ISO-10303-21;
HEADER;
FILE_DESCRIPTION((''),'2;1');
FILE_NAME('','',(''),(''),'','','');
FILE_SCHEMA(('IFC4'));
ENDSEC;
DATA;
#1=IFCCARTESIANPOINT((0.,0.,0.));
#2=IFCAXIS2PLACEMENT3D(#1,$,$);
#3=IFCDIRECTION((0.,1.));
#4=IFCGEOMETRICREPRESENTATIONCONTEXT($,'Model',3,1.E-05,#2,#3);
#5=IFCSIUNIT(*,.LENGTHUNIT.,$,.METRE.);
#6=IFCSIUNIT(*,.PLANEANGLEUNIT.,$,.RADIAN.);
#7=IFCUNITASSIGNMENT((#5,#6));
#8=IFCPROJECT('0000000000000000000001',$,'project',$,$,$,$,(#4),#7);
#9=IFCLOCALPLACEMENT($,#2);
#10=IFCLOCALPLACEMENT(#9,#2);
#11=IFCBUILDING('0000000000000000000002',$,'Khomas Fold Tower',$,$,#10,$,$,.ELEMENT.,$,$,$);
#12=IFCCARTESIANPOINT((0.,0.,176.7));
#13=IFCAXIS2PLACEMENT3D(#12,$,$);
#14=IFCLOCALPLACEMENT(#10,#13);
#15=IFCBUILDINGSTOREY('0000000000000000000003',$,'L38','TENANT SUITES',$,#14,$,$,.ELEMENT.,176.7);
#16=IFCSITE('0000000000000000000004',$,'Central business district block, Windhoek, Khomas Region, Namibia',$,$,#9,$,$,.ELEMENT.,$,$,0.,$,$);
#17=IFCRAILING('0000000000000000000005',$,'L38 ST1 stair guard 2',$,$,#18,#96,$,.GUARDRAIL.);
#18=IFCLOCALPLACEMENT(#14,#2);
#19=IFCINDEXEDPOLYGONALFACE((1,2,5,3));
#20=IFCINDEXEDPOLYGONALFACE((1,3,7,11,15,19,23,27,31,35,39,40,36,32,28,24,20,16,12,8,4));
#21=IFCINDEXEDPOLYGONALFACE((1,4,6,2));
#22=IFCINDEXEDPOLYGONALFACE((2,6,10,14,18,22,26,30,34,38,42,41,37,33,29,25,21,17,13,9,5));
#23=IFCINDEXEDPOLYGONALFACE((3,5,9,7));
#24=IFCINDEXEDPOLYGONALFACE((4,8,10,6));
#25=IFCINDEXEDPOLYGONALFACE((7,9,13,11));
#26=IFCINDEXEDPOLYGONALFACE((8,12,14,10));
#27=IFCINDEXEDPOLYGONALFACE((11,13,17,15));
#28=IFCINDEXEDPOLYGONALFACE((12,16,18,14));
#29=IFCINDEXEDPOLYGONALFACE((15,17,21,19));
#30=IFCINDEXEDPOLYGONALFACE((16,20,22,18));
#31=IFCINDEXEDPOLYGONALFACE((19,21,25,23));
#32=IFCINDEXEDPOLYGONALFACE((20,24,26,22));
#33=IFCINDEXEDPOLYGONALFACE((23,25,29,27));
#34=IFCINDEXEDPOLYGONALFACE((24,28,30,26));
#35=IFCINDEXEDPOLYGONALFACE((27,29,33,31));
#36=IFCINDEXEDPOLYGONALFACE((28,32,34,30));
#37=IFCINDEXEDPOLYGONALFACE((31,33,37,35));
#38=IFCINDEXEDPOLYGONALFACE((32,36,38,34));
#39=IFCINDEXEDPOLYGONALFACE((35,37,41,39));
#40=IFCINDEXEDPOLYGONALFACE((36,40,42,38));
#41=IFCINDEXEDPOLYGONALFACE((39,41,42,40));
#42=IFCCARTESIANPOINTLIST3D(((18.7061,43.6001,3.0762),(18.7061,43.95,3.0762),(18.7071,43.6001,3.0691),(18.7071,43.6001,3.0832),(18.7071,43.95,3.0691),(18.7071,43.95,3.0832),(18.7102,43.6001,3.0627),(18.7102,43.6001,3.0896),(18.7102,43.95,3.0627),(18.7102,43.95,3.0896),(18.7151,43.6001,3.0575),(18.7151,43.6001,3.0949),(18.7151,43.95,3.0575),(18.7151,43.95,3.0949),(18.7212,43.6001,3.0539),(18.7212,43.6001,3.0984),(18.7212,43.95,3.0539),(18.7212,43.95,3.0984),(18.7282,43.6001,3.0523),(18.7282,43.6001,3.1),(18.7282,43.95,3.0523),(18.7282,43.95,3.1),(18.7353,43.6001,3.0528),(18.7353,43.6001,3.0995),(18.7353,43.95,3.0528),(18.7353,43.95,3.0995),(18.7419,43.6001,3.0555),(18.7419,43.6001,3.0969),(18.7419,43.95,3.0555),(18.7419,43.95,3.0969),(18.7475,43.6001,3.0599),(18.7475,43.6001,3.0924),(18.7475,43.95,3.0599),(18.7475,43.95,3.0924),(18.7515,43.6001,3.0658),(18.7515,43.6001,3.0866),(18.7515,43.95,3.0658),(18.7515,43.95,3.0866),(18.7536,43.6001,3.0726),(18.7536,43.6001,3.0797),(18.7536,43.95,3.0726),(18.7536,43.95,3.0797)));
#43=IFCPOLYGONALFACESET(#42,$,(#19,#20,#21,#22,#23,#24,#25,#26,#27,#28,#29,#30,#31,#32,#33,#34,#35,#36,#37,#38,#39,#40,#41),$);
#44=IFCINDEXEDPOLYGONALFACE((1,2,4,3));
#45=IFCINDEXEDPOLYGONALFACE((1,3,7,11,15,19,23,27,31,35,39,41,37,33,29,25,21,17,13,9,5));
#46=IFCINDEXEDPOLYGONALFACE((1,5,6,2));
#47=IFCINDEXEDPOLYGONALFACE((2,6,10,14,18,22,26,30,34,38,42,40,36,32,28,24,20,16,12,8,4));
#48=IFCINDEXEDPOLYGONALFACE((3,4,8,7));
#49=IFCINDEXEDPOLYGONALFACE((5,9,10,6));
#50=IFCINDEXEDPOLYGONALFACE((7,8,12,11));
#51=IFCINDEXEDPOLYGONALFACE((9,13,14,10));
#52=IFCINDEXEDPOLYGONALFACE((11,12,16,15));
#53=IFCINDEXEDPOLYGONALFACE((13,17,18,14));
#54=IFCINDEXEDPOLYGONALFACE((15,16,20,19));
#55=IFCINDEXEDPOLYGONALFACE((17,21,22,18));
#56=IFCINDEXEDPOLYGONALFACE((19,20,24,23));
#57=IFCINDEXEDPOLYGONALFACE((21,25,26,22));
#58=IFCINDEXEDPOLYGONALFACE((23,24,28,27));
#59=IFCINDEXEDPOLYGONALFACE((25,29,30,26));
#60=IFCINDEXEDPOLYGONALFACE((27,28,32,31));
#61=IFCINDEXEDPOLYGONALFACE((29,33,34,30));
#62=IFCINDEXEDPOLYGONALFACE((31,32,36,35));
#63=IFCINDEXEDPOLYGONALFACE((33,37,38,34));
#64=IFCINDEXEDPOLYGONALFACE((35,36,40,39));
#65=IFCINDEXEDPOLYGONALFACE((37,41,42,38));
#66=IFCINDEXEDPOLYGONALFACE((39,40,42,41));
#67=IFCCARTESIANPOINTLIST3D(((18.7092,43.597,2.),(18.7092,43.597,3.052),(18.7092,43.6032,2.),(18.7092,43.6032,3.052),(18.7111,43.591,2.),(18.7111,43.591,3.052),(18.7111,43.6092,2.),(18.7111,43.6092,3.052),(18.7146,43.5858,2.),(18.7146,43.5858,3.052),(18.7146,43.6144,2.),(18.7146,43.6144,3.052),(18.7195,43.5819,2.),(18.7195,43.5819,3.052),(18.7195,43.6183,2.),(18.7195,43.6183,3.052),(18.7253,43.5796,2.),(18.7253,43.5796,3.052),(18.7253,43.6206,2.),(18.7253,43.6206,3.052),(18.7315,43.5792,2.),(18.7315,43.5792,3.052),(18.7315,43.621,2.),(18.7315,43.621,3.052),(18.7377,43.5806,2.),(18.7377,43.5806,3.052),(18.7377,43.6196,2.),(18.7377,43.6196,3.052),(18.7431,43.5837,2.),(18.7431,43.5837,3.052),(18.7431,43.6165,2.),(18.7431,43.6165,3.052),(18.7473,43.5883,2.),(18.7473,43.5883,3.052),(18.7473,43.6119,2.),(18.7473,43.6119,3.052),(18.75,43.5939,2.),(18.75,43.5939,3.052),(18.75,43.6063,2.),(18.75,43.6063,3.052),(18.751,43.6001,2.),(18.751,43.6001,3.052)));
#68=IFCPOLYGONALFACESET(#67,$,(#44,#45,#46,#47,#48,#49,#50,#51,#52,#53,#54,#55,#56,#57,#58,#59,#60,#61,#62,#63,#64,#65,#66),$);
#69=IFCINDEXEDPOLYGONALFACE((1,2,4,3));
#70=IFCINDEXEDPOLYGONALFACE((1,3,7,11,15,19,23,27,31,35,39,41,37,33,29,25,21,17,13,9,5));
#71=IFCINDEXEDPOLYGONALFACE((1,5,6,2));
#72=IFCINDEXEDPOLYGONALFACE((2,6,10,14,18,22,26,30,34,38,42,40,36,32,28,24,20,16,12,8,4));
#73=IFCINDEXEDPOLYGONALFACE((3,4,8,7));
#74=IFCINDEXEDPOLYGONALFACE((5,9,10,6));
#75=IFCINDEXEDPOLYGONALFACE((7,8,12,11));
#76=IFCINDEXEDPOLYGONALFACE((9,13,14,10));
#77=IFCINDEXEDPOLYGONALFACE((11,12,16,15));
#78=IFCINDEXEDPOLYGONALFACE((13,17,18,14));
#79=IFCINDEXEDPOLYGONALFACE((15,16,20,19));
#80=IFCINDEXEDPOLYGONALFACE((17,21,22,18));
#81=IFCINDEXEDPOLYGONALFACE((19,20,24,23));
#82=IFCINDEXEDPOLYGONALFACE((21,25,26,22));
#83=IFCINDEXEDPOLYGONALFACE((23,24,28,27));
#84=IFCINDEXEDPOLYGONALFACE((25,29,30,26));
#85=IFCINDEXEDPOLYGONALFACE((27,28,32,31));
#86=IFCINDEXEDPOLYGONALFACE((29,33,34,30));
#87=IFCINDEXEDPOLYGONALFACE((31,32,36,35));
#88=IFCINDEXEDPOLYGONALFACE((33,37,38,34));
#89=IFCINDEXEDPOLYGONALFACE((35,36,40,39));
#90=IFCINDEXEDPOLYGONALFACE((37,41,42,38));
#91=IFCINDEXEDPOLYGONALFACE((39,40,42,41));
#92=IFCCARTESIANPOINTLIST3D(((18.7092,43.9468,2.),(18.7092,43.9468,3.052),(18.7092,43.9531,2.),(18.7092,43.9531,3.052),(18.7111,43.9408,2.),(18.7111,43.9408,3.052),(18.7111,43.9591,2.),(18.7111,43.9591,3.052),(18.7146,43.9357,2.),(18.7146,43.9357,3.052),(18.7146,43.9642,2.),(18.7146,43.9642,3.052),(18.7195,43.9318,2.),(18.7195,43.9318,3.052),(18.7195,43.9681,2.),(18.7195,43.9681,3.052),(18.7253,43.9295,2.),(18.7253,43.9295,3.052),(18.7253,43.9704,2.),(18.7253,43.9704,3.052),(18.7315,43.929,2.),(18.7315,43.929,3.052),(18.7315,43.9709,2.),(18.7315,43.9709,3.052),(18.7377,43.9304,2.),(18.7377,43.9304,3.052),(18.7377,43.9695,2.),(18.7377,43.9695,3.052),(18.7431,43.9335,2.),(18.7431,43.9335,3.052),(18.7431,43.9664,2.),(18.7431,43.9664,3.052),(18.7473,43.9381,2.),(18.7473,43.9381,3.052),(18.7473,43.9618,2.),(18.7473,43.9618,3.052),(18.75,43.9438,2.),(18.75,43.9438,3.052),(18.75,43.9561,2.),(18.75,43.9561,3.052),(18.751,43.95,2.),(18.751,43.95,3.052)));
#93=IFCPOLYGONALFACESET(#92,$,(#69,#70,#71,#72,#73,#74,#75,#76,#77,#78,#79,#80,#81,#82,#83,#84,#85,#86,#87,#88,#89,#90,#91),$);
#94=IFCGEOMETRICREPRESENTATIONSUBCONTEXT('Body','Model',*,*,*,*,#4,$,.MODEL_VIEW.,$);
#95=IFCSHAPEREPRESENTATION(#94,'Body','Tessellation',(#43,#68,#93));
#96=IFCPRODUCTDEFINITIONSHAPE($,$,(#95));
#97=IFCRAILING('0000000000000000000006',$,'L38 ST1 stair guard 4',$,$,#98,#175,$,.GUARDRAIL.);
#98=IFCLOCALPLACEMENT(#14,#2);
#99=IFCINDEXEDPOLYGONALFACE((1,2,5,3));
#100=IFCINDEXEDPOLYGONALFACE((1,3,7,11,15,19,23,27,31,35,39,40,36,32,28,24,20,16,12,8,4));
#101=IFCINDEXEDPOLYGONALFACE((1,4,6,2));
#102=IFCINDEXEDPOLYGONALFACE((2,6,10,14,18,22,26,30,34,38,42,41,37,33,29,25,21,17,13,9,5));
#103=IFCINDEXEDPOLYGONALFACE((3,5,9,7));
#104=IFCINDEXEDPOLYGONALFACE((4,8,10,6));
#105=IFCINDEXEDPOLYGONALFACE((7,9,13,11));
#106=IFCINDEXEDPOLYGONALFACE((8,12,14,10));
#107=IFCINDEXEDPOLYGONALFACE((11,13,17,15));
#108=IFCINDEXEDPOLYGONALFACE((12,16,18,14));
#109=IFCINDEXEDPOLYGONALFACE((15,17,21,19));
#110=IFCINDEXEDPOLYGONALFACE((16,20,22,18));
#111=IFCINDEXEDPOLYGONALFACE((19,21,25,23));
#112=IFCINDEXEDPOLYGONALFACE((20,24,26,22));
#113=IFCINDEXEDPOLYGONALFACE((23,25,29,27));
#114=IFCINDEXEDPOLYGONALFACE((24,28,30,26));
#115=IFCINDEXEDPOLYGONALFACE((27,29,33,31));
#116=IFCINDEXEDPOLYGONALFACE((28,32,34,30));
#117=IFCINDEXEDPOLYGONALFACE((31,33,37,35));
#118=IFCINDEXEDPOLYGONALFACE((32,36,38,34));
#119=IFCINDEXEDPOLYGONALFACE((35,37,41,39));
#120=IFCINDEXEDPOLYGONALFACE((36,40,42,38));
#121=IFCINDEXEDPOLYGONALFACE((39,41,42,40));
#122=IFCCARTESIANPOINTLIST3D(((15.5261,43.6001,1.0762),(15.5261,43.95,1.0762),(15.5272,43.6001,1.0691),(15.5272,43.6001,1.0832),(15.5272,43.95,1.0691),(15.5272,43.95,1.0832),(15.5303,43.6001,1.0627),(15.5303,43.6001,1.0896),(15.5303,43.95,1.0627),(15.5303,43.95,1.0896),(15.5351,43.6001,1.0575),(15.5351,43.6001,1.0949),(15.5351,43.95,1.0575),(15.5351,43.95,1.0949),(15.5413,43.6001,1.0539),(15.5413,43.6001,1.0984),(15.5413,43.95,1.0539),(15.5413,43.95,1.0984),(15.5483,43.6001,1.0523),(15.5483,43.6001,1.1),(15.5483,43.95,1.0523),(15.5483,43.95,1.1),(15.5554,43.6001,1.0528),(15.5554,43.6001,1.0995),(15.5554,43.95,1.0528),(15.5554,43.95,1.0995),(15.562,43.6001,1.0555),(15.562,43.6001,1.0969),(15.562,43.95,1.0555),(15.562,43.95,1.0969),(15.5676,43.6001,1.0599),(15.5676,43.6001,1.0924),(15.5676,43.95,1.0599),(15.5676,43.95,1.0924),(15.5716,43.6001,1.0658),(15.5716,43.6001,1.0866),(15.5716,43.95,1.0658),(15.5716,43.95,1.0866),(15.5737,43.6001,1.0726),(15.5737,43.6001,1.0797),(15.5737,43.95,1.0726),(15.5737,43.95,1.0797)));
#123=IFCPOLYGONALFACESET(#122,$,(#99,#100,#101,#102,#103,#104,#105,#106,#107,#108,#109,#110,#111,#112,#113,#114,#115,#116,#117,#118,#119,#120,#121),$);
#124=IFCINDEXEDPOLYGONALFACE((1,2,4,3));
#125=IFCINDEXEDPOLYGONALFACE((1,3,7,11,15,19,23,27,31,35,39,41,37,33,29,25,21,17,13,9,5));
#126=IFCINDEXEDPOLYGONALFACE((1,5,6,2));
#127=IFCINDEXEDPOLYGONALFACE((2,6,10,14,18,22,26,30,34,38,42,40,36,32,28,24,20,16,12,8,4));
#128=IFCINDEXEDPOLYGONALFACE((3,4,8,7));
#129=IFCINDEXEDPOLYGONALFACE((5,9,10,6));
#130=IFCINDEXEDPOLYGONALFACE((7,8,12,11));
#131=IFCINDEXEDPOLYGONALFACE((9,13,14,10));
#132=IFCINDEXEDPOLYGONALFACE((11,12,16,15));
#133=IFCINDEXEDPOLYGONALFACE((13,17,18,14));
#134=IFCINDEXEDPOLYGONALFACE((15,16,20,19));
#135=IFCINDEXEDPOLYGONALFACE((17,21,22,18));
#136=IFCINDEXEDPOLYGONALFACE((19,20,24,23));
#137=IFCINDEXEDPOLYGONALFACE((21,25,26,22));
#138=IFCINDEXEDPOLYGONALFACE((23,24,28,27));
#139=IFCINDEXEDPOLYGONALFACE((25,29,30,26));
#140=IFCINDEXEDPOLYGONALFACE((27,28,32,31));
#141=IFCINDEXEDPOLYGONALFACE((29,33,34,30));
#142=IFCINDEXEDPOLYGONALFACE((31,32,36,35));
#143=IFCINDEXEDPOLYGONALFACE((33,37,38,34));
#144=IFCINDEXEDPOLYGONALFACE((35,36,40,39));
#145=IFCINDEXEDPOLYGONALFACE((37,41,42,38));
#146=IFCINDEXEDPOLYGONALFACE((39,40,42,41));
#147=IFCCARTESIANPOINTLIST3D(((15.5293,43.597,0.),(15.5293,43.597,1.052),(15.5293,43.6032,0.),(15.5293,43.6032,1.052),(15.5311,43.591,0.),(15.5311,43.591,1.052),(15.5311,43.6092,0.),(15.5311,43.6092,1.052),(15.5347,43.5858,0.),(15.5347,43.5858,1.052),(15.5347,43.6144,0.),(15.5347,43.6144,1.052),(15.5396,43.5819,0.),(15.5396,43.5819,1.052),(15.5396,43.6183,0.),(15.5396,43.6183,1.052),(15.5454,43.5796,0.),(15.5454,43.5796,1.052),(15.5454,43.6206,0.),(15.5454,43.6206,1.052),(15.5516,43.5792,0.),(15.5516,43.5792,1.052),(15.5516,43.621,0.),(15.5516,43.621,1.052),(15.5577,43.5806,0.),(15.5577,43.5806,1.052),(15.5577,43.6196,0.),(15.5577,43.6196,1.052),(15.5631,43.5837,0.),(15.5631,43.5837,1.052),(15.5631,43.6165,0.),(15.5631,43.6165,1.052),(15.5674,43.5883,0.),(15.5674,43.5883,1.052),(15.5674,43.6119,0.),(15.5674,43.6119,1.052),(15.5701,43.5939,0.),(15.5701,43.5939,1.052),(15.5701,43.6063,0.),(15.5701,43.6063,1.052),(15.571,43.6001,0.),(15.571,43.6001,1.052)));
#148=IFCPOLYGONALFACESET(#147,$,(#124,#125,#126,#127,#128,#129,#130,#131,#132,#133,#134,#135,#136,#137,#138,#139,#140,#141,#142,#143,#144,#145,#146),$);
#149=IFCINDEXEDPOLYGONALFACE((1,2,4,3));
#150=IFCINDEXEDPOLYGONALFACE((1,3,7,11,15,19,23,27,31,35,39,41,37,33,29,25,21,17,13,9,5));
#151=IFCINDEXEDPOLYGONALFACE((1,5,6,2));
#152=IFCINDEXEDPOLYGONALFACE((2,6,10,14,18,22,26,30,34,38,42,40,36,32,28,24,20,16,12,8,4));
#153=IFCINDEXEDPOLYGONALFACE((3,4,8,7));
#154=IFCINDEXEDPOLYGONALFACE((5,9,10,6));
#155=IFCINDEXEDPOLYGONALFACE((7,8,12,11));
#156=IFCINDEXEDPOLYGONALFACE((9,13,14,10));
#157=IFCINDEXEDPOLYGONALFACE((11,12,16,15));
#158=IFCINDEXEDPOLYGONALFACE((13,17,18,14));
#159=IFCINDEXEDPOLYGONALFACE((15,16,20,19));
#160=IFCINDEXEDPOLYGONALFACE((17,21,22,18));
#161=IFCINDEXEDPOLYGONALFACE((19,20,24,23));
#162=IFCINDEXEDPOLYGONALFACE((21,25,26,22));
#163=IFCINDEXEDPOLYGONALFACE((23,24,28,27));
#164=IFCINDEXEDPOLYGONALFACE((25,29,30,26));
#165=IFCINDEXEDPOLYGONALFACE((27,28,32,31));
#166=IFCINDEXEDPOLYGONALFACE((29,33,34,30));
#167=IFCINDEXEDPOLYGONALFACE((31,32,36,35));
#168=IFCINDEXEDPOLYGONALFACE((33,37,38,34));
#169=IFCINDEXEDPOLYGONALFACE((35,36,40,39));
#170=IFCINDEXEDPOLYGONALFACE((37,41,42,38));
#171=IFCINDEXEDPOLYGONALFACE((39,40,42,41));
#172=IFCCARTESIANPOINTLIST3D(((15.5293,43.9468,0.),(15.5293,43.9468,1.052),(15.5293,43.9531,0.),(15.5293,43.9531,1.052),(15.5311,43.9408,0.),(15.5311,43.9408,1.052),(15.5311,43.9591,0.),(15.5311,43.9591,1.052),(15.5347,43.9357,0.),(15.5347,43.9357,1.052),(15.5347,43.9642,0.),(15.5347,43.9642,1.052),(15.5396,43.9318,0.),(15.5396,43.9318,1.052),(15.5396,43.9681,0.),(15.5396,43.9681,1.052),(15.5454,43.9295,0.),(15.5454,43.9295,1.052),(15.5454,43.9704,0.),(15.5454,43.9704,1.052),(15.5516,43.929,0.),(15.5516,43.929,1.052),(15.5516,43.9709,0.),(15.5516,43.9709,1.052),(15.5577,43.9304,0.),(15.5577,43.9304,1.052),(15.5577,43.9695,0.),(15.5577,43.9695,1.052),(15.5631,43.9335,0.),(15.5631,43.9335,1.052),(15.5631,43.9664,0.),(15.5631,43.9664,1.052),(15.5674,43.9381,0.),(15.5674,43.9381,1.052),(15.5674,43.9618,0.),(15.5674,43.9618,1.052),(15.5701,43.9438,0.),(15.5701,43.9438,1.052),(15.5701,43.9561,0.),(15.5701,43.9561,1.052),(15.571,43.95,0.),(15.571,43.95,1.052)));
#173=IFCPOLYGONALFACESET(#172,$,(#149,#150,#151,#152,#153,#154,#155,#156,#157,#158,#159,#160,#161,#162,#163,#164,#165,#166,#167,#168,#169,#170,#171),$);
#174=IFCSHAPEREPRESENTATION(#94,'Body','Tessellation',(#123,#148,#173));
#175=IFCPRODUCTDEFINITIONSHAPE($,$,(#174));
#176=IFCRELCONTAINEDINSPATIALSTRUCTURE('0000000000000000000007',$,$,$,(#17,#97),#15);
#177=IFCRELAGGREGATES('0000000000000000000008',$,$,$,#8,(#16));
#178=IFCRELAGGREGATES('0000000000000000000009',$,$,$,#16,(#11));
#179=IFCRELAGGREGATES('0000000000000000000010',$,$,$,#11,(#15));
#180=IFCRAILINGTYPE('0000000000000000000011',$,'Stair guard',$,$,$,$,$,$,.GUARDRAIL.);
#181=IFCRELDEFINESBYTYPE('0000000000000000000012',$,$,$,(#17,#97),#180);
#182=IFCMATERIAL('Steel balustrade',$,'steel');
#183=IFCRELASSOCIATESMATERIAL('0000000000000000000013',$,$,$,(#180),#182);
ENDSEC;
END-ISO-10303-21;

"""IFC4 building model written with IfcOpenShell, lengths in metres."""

from ifc_helpers import new_model, si_unit, direction, frame, origin, origin_2d, place, context, subcontext, project, spatial, circle, extrude, source, transform, mapped, material, type_object, element, save


model = new_model("IFC4")

# Units and contexts
model_context = context("Model", 3, precision=1e-05, world=origin(), true_north=direction((0.0, 1.0)))
body_context = subcontext(model_context, "Body", "Model", "MODEL_VIEW")
ifc_project = project(units=[si_unit("LENGTHUNIT", "METRE"), si_unit("PLANEANGLEUNIT", "RADIAN")], contexts=[model_context])

# Site, building, storey
site_placement = place(None, origin())
site = spatial("IfcSite", under=ifc_project, at=site_placement, Name="Central business district block, Windhoek, Khomas Region, Namibia", CompositionType="ELEMENT", RefElevation=0.0)
building_placement = place(site_placement, origin())
building = spatial("IfcBuilding", under=site, at=building_placement, Name="Khomas Fold Tower", CompositionType="ELEMENT")
storey_placement = place(building_placement, frame((0.0, 0.0, 176.7)))
storey = spatial("IfcBuildingStorey", under=building, at=storey_placement, Name="L38", Description="TENANT SUITES", CompositionType="ELEMENT", Elevation=176.7)

# Railings
ifc_material_1 = material(Name="Steel balustrade", Category="steel")
railing_type_1 = type_object("IfcRailingType", Name="Stair guard", PredefinedType="GUARDRAIL", material=ifc_material_1)
shared_shape_1 = source(origin(), body_context, "Body", "SweptSolid", [
    extrude(circle(Radius=0.0239, at=origin_2d()), frame((0.0, 0.0, 1.0762), z_axis=(0.0, 1.0, 0.0), x_axis=(-1.0, 0.0, 0.0)), (0.0, 0.0, 1.0), 0.3499),
    extrude(circle(Radius=0.021, at=origin_2d()), origin(), (0.0, 0.0, 1.0), 1.052),
    extrude(circle(Radius=0.021, at=origin_2d()), frame((0.0, 0.3499, 0.0)), (0.0, 0.0, 1.0), 1.052),
])
for number, where, name in (
    (1, (18.73, 43.6001, 2.0), "L38 ST1 stair guard 2"),
    (2, (15.55, 43.6001, 0.0), "L38 ST1 stair guard 4"),
):
    element("IfcRailing", number, at=place(storey_placement, frame(where)), inside=storey, type_object=railing_type_1, Name=name, PredefinedType="GUARDRAIL", context=body_context, shape_type="MappedRepresentation", body=[
        mapped(shared_shape_1, transform((0.0, 0.0, 0.0))),
    ])

save(model, "model.ifc")
